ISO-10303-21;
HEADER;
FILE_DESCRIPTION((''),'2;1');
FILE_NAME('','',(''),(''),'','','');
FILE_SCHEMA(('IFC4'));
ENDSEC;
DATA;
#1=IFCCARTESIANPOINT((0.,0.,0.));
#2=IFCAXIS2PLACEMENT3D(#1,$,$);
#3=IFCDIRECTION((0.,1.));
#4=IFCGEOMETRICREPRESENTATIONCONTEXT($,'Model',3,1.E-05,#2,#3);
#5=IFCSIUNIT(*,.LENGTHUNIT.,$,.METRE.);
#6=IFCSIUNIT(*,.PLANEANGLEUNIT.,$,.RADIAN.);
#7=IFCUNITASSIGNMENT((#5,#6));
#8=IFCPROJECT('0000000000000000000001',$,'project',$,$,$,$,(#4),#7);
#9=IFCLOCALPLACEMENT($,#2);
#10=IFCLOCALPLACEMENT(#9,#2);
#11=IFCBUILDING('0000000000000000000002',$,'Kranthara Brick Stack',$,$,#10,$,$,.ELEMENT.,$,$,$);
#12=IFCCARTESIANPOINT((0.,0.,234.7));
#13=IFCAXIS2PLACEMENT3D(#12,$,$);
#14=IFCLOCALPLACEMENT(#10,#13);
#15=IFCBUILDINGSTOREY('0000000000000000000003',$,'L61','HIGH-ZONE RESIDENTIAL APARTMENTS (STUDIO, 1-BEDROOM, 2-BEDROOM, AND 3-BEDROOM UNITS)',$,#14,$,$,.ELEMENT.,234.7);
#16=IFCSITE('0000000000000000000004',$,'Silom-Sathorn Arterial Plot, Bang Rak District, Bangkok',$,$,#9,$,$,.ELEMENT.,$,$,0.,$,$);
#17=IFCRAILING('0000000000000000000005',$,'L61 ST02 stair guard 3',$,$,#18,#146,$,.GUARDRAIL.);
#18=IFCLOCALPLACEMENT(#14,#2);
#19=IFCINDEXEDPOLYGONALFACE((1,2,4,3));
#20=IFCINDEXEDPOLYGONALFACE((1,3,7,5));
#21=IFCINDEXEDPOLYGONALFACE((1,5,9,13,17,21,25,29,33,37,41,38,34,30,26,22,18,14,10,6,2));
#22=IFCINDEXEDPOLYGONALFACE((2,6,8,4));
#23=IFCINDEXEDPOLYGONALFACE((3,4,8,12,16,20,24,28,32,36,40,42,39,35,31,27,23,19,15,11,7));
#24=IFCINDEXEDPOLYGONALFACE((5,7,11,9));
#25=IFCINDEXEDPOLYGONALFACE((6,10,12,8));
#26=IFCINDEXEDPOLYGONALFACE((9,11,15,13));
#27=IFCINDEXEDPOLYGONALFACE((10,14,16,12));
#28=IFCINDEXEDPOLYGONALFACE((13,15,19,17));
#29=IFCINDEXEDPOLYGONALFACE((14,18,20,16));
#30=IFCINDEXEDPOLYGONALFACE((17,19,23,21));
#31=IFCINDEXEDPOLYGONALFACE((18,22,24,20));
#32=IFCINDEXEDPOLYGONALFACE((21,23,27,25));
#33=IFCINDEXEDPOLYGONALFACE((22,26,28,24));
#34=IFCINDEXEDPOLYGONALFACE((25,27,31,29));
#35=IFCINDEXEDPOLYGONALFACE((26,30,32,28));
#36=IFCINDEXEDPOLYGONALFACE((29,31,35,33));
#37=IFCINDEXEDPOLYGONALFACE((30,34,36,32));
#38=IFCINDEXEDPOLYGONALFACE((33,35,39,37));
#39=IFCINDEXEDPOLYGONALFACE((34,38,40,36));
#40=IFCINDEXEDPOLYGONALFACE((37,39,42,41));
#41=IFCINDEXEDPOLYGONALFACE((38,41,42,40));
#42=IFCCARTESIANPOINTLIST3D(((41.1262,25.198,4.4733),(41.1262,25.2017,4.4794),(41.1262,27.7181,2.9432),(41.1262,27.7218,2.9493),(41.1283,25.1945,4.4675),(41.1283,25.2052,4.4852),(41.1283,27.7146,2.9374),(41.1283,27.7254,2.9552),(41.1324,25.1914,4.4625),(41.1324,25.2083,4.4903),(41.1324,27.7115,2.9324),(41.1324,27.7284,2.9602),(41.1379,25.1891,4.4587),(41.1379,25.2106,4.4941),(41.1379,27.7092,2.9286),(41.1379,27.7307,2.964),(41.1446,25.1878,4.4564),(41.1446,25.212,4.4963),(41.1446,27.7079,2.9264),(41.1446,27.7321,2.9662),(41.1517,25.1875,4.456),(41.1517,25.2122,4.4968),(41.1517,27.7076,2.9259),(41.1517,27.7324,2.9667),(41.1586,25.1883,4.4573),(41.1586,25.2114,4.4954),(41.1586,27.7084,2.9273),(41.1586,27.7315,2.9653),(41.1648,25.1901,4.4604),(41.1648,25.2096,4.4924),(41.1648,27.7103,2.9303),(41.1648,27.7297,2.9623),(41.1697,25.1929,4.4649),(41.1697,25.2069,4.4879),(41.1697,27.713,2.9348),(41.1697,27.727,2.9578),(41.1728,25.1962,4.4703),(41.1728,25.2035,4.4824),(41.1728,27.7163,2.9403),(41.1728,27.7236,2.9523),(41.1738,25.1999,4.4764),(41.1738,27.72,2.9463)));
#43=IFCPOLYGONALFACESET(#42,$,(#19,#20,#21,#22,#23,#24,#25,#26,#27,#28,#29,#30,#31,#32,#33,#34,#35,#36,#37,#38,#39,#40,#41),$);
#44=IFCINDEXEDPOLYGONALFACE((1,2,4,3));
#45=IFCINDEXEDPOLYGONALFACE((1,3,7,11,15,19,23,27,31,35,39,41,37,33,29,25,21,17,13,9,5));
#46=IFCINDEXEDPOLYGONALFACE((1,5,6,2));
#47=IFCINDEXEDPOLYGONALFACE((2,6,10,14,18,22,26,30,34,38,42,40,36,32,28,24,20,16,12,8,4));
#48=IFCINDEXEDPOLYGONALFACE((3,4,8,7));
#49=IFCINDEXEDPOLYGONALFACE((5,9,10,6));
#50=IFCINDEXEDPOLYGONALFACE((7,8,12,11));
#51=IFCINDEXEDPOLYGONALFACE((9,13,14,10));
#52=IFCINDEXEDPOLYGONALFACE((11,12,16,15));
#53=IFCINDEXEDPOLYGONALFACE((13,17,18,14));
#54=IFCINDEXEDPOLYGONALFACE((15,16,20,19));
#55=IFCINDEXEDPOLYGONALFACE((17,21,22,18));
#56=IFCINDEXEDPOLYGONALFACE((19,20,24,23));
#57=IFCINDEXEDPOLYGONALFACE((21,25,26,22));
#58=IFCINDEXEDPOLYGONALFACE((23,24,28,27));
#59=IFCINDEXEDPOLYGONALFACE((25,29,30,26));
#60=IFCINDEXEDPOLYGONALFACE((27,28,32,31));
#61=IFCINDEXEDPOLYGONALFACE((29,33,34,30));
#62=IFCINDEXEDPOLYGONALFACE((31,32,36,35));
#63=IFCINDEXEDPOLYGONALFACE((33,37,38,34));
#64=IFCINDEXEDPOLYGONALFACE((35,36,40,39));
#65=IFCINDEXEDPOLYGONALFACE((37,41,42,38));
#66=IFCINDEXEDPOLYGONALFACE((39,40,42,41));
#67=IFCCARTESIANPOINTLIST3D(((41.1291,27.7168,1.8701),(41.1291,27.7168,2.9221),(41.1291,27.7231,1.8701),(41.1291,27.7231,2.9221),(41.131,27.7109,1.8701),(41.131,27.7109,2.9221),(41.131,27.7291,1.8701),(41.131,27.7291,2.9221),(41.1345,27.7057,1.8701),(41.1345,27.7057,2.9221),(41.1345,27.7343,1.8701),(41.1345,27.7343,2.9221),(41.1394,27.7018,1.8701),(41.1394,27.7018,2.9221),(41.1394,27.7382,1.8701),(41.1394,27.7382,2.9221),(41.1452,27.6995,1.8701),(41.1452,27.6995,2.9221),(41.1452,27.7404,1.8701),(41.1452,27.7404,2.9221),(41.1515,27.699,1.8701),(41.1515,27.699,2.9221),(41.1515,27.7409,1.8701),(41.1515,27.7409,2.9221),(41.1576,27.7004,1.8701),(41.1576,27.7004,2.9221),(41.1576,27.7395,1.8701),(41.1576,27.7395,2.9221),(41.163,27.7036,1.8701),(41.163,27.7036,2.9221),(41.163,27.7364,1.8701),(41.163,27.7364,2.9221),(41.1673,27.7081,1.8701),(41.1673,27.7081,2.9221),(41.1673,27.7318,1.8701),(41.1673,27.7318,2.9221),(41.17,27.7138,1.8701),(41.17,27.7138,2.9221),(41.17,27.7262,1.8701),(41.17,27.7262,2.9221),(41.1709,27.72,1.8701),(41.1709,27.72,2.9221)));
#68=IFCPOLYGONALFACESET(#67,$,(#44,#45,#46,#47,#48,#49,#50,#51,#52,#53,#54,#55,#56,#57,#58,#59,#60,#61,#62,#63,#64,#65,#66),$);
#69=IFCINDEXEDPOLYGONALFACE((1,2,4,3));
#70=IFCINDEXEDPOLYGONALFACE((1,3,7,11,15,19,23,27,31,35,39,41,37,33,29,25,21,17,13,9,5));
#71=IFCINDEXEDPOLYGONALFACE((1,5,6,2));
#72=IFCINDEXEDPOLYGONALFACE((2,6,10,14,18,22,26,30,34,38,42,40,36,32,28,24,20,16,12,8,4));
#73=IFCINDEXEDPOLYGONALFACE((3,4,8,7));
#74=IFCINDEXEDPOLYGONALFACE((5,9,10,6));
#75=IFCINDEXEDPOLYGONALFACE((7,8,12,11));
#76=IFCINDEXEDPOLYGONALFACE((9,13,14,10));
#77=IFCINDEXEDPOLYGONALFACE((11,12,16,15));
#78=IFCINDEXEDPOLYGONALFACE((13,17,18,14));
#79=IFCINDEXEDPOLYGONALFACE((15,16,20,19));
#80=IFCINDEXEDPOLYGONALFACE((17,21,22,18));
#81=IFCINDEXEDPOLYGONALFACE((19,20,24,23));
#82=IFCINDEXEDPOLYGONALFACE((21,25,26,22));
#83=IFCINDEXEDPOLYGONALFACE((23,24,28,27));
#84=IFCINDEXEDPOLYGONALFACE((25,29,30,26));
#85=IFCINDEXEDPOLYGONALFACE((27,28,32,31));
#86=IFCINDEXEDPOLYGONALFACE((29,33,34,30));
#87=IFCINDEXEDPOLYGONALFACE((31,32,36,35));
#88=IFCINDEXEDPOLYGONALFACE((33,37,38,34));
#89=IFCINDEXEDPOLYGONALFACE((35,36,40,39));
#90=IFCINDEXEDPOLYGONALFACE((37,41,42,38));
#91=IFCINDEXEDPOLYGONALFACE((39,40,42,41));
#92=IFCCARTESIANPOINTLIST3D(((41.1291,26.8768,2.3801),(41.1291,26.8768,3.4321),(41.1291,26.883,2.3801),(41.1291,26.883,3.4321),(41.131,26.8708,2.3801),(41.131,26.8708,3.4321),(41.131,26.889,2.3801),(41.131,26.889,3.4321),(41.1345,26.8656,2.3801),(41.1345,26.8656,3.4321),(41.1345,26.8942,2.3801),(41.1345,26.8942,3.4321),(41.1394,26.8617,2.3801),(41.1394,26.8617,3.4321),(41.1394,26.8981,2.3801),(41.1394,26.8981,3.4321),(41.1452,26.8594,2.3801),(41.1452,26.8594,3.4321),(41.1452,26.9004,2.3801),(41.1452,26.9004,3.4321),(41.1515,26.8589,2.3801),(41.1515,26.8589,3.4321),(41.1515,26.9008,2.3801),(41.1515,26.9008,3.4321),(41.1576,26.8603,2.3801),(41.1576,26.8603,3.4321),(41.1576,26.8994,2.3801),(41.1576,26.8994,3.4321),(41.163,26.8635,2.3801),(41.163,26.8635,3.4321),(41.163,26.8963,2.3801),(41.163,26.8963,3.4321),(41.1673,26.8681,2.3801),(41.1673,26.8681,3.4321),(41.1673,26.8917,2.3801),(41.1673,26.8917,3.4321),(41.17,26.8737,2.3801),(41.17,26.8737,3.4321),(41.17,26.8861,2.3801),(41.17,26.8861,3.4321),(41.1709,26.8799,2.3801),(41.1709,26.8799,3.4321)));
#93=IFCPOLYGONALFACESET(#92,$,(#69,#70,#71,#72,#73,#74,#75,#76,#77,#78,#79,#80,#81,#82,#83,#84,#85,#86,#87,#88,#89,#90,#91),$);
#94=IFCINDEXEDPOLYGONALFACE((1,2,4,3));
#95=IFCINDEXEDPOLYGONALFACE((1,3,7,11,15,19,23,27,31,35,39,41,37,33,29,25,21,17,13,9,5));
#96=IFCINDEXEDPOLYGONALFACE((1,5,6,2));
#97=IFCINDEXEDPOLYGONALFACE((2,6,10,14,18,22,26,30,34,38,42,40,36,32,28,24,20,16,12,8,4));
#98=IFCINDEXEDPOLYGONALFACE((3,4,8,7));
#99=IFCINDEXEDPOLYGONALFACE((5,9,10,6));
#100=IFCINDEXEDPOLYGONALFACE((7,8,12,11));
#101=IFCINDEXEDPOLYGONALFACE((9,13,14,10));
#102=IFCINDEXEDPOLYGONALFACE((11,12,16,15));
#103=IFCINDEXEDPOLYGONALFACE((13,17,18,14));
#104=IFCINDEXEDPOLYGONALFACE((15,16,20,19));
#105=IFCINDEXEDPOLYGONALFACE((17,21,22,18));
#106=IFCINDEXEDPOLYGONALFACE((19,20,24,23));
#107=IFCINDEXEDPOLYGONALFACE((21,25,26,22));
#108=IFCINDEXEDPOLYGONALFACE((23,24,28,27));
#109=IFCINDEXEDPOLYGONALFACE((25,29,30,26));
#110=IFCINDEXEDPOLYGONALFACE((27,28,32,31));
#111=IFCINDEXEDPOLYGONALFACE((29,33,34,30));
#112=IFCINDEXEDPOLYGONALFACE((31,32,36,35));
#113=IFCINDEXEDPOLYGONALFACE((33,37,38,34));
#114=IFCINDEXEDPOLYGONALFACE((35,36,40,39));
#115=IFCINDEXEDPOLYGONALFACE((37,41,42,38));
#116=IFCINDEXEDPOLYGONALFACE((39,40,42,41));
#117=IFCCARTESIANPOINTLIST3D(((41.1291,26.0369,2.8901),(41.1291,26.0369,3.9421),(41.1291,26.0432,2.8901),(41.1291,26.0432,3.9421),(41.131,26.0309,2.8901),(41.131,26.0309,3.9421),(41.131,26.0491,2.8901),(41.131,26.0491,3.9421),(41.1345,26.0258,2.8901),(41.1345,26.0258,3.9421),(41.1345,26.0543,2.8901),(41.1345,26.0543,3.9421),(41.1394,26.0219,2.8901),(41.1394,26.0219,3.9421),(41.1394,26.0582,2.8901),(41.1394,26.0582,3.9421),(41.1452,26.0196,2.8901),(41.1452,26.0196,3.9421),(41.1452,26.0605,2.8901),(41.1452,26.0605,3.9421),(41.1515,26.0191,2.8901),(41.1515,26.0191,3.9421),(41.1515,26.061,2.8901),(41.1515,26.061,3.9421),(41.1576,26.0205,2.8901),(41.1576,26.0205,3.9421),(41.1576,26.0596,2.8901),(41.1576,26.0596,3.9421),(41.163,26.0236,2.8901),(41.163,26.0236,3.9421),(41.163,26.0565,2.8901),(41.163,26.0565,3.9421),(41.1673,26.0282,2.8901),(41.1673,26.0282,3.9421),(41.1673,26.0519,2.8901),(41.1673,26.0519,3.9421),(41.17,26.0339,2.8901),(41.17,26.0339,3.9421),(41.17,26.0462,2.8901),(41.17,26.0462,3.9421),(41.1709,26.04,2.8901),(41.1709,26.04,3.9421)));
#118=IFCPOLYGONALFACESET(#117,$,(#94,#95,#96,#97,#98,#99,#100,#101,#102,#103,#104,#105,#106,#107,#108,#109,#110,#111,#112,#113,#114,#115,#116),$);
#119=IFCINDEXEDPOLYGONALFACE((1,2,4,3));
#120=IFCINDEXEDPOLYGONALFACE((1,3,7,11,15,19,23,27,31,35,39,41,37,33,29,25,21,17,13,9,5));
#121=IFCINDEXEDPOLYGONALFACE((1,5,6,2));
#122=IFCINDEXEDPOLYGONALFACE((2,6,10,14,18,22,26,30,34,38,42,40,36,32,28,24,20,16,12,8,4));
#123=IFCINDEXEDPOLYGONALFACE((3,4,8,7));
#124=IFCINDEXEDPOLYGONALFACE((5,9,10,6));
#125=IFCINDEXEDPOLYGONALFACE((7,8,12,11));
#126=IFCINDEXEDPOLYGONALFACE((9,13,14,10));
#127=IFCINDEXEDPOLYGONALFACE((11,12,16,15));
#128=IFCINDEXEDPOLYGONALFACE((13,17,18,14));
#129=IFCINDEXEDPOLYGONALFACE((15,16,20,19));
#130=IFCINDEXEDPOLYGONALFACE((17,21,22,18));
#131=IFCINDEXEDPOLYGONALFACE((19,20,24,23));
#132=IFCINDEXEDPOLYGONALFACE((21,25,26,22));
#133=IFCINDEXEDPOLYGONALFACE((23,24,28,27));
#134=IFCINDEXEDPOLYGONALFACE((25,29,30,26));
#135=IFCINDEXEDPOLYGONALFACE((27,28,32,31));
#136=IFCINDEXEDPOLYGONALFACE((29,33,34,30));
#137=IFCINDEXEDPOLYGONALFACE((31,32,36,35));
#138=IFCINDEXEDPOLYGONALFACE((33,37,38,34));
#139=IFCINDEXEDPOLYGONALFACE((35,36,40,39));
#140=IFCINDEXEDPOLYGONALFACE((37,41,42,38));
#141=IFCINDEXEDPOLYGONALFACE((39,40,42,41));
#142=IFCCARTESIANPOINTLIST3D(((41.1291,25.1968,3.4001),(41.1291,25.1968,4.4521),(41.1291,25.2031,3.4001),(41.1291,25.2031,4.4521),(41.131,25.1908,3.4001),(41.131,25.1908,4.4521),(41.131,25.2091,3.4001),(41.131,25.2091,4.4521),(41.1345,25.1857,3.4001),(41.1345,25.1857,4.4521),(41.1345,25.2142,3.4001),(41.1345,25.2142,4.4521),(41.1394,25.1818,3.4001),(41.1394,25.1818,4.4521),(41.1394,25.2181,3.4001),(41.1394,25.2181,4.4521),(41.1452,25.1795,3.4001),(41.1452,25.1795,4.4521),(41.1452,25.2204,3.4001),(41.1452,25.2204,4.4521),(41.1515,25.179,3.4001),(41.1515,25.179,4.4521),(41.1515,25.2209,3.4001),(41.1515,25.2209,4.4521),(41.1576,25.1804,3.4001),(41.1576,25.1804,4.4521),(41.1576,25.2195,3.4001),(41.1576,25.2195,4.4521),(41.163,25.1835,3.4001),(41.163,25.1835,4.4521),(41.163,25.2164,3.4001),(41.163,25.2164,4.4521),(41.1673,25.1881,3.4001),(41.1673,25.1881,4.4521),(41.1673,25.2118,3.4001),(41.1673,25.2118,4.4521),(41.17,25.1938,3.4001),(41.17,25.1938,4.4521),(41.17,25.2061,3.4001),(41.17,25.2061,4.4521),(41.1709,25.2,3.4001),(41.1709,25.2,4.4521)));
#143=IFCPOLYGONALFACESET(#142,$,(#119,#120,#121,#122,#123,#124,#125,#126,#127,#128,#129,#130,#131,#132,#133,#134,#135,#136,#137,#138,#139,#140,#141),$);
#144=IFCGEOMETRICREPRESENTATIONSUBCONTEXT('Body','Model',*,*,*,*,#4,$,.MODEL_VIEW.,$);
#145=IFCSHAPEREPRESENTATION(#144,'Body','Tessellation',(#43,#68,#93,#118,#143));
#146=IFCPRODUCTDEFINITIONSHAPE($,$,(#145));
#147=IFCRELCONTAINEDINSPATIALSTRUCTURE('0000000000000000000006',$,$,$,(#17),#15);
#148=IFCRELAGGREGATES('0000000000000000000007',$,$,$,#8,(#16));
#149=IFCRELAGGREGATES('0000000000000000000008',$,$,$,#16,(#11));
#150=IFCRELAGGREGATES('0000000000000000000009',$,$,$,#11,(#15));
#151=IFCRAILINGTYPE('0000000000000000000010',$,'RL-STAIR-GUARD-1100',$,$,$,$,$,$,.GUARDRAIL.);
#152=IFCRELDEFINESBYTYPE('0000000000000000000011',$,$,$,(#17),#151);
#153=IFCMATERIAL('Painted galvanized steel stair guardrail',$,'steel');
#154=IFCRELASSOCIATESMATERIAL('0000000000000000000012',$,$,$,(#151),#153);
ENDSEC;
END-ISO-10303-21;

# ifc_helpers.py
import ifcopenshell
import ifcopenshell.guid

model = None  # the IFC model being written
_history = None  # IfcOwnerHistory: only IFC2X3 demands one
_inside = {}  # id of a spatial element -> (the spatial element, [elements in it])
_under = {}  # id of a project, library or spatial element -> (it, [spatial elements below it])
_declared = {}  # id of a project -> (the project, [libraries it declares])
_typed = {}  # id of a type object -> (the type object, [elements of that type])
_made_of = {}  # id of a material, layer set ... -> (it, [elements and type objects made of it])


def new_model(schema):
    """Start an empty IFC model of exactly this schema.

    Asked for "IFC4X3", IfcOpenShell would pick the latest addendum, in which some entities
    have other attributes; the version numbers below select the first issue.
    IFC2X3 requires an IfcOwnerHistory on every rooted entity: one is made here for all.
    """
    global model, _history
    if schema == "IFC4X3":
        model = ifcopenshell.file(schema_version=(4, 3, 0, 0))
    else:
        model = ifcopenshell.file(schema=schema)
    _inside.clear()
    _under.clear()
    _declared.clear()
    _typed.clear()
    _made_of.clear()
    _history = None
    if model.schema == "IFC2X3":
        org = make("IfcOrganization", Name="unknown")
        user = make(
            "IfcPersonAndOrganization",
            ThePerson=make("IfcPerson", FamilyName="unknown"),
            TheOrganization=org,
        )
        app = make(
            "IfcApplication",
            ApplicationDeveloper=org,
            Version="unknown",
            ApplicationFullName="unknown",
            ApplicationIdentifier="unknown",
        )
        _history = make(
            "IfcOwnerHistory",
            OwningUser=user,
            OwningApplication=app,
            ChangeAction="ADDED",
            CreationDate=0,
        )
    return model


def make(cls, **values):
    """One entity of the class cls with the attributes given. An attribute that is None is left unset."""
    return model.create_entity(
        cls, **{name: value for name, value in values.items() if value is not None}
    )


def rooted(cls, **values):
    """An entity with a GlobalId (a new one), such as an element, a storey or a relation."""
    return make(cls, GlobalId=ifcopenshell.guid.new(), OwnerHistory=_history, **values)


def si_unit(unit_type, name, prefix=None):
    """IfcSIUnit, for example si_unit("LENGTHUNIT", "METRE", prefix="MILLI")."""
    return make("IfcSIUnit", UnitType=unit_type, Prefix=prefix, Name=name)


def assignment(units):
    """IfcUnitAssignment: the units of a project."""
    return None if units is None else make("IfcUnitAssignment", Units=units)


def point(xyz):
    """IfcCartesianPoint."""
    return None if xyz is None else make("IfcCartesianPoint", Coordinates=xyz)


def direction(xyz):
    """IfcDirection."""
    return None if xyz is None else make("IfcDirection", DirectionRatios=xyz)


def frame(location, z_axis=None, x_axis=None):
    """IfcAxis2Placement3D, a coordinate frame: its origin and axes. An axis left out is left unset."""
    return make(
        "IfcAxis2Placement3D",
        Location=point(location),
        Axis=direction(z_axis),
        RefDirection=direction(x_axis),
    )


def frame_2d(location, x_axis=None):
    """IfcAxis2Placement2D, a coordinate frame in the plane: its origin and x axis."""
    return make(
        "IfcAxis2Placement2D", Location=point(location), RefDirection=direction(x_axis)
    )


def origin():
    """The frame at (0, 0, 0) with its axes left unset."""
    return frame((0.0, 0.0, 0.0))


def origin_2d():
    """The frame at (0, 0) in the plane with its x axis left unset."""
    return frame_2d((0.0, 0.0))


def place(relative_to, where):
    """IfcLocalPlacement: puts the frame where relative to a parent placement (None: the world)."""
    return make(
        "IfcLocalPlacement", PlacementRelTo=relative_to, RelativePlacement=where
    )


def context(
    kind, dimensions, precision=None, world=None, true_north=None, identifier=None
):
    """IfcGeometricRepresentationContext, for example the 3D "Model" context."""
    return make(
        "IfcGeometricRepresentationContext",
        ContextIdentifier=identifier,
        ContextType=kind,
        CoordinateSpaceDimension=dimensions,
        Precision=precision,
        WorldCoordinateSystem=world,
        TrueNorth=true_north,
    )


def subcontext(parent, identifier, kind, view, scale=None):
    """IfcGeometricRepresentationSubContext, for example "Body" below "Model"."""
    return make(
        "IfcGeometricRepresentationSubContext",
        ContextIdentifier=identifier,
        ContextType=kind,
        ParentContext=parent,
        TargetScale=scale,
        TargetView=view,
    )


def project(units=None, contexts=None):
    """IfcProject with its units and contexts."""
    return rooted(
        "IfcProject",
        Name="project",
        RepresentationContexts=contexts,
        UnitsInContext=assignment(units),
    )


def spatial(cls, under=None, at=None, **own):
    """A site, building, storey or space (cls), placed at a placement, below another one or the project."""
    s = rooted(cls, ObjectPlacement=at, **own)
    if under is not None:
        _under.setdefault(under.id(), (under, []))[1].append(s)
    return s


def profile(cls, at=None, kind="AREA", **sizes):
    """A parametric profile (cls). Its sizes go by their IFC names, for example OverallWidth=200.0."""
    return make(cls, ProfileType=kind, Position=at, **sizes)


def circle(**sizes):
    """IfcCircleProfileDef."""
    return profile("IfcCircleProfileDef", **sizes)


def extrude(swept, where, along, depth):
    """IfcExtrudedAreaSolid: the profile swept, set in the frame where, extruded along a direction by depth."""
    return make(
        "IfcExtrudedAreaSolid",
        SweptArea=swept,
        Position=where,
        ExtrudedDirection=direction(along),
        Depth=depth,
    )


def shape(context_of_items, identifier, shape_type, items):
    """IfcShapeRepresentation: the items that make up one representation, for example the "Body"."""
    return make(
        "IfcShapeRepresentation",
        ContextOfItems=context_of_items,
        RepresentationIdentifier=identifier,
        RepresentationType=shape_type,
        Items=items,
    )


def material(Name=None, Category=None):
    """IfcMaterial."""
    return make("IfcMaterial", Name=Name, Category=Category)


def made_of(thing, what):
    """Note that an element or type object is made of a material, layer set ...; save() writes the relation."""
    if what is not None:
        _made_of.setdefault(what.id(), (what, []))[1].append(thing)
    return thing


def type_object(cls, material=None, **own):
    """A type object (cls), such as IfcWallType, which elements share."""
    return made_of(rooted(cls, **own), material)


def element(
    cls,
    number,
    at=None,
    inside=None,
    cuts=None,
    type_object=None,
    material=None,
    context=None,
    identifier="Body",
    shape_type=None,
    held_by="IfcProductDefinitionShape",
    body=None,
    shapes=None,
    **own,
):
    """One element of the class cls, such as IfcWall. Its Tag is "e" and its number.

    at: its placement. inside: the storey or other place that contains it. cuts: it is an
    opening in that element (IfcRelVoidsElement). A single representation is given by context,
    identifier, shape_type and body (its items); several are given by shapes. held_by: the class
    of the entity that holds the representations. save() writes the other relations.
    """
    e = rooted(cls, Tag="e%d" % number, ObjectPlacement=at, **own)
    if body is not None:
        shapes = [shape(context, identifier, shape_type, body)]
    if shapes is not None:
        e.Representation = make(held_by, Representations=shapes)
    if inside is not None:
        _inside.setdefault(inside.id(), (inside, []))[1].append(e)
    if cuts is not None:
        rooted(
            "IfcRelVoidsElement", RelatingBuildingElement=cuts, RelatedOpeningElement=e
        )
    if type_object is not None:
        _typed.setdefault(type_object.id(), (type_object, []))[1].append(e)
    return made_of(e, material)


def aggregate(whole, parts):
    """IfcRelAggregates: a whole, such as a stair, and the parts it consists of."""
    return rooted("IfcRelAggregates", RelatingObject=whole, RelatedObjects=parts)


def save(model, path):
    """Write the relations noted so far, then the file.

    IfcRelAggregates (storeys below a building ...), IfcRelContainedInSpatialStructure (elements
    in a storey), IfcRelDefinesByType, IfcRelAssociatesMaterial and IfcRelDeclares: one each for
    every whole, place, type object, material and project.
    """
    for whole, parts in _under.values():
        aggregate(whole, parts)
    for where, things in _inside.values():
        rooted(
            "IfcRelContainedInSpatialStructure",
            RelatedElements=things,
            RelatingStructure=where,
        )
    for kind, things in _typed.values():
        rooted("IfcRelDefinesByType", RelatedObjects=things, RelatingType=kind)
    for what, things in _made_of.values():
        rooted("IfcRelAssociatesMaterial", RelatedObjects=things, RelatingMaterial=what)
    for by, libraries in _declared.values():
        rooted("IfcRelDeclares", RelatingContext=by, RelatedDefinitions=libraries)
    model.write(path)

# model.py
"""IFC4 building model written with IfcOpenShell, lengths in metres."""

from ifc_helpers import new_model, si_unit, direction, frame, origin, origin_2d, place, context, subcontext, project, spatial, circle, extrude, material, type_object, element, save


model = new_model("IFC4")

# Units and contexts
model_context = context("Model", 3, precision=1e-05, world=origin(), true_north=direction((0.0, 1.0)))
body_context = subcontext(model_context, "Body", "Model", "MODEL_VIEW")
ifc_project = project(units=[si_unit("LENGTHUNIT", "METRE"), si_unit("PLANEANGLEUNIT", "RADIAN")], contexts=[model_context])

# Site, building, storey
site_placement = place(None, origin())
site = spatial("IfcSite", under=ifc_project, at=site_placement, Name="Silom-Sathorn Arterial Plot, Bang Rak District, Bangkok", CompositionType="ELEMENT", RefElevation=0.0)
building_placement = place(site_placement, origin())
building = spatial("IfcBuilding", under=site, at=building_placement, Name="Kranthara Brick Stack", CompositionType="ELEMENT")
storey_placement = place(building_placement, frame((0.0, 0.0, 234.7)))
storey = spatial("IfcBuildingStorey", under=building, at=storey_placement, Name="L61", Description="HIGH-ZONE RESIDENTIAL APARTMENTS (STUDIO, 1-BEDROOM, 2-BEDROOM, AND 3-BEDROOM UNITS)", CompositionType="ELEMENT", Elevation=234.7)

# Railing
ifc_material_1 = material(Name="Painted galvanized steel stair guardrail", Category="steel")
railing_type_1 = type_object("IfcRailingType", Name="RL-STAIR-GUARD-1100", PredefinedType="GUARDRAIL", material=ifc_material_1)
railing_1_placement = place(storey_placement, frame((41.1499, 27.72, 1.8701)))
element("IfcRailing", 1, at=railing_1_placement, inside=storey, type_object=railing_type_1, Name="L61 ST02 stair guard 3", PredefinedType="GUARDRAIL", context=body_context, shape_type="SweptSolid", body=[
    extrude(circle(Radius=0.0239, at=origin_2d()), frame((0.0, 0.0, 1.0762), z_axis=(0.0, -0.854785, 0.518982), x_axis=(1.0, 0.0, 0.0)), (0.0, 0.0, 1.0), 2.9482),
    extrude(circle(Radius=0.021, at=origin_2d()), origin(), (0.0, 0.0, 1.0), 1.052),
    extrude(circle(Radius=0.021, at=origin_2d()), frame((0.0, -0.8401, 0.51)), (0.0, 0.0, 1.0), 1.052),
    extrude(circle(Radius=0.021, at=origin_2d()), frame((0.0, -1.6799, 1.02)), (0.0, 0.0, 1.0), 1.052),
    extrude(circle(Radius=0.021, at=origin_2d()), frame((0.0, -2.52, 1.53)), (0.0, 0.0, 1.0), 1.052),
])

save(model, "model.ifc")
